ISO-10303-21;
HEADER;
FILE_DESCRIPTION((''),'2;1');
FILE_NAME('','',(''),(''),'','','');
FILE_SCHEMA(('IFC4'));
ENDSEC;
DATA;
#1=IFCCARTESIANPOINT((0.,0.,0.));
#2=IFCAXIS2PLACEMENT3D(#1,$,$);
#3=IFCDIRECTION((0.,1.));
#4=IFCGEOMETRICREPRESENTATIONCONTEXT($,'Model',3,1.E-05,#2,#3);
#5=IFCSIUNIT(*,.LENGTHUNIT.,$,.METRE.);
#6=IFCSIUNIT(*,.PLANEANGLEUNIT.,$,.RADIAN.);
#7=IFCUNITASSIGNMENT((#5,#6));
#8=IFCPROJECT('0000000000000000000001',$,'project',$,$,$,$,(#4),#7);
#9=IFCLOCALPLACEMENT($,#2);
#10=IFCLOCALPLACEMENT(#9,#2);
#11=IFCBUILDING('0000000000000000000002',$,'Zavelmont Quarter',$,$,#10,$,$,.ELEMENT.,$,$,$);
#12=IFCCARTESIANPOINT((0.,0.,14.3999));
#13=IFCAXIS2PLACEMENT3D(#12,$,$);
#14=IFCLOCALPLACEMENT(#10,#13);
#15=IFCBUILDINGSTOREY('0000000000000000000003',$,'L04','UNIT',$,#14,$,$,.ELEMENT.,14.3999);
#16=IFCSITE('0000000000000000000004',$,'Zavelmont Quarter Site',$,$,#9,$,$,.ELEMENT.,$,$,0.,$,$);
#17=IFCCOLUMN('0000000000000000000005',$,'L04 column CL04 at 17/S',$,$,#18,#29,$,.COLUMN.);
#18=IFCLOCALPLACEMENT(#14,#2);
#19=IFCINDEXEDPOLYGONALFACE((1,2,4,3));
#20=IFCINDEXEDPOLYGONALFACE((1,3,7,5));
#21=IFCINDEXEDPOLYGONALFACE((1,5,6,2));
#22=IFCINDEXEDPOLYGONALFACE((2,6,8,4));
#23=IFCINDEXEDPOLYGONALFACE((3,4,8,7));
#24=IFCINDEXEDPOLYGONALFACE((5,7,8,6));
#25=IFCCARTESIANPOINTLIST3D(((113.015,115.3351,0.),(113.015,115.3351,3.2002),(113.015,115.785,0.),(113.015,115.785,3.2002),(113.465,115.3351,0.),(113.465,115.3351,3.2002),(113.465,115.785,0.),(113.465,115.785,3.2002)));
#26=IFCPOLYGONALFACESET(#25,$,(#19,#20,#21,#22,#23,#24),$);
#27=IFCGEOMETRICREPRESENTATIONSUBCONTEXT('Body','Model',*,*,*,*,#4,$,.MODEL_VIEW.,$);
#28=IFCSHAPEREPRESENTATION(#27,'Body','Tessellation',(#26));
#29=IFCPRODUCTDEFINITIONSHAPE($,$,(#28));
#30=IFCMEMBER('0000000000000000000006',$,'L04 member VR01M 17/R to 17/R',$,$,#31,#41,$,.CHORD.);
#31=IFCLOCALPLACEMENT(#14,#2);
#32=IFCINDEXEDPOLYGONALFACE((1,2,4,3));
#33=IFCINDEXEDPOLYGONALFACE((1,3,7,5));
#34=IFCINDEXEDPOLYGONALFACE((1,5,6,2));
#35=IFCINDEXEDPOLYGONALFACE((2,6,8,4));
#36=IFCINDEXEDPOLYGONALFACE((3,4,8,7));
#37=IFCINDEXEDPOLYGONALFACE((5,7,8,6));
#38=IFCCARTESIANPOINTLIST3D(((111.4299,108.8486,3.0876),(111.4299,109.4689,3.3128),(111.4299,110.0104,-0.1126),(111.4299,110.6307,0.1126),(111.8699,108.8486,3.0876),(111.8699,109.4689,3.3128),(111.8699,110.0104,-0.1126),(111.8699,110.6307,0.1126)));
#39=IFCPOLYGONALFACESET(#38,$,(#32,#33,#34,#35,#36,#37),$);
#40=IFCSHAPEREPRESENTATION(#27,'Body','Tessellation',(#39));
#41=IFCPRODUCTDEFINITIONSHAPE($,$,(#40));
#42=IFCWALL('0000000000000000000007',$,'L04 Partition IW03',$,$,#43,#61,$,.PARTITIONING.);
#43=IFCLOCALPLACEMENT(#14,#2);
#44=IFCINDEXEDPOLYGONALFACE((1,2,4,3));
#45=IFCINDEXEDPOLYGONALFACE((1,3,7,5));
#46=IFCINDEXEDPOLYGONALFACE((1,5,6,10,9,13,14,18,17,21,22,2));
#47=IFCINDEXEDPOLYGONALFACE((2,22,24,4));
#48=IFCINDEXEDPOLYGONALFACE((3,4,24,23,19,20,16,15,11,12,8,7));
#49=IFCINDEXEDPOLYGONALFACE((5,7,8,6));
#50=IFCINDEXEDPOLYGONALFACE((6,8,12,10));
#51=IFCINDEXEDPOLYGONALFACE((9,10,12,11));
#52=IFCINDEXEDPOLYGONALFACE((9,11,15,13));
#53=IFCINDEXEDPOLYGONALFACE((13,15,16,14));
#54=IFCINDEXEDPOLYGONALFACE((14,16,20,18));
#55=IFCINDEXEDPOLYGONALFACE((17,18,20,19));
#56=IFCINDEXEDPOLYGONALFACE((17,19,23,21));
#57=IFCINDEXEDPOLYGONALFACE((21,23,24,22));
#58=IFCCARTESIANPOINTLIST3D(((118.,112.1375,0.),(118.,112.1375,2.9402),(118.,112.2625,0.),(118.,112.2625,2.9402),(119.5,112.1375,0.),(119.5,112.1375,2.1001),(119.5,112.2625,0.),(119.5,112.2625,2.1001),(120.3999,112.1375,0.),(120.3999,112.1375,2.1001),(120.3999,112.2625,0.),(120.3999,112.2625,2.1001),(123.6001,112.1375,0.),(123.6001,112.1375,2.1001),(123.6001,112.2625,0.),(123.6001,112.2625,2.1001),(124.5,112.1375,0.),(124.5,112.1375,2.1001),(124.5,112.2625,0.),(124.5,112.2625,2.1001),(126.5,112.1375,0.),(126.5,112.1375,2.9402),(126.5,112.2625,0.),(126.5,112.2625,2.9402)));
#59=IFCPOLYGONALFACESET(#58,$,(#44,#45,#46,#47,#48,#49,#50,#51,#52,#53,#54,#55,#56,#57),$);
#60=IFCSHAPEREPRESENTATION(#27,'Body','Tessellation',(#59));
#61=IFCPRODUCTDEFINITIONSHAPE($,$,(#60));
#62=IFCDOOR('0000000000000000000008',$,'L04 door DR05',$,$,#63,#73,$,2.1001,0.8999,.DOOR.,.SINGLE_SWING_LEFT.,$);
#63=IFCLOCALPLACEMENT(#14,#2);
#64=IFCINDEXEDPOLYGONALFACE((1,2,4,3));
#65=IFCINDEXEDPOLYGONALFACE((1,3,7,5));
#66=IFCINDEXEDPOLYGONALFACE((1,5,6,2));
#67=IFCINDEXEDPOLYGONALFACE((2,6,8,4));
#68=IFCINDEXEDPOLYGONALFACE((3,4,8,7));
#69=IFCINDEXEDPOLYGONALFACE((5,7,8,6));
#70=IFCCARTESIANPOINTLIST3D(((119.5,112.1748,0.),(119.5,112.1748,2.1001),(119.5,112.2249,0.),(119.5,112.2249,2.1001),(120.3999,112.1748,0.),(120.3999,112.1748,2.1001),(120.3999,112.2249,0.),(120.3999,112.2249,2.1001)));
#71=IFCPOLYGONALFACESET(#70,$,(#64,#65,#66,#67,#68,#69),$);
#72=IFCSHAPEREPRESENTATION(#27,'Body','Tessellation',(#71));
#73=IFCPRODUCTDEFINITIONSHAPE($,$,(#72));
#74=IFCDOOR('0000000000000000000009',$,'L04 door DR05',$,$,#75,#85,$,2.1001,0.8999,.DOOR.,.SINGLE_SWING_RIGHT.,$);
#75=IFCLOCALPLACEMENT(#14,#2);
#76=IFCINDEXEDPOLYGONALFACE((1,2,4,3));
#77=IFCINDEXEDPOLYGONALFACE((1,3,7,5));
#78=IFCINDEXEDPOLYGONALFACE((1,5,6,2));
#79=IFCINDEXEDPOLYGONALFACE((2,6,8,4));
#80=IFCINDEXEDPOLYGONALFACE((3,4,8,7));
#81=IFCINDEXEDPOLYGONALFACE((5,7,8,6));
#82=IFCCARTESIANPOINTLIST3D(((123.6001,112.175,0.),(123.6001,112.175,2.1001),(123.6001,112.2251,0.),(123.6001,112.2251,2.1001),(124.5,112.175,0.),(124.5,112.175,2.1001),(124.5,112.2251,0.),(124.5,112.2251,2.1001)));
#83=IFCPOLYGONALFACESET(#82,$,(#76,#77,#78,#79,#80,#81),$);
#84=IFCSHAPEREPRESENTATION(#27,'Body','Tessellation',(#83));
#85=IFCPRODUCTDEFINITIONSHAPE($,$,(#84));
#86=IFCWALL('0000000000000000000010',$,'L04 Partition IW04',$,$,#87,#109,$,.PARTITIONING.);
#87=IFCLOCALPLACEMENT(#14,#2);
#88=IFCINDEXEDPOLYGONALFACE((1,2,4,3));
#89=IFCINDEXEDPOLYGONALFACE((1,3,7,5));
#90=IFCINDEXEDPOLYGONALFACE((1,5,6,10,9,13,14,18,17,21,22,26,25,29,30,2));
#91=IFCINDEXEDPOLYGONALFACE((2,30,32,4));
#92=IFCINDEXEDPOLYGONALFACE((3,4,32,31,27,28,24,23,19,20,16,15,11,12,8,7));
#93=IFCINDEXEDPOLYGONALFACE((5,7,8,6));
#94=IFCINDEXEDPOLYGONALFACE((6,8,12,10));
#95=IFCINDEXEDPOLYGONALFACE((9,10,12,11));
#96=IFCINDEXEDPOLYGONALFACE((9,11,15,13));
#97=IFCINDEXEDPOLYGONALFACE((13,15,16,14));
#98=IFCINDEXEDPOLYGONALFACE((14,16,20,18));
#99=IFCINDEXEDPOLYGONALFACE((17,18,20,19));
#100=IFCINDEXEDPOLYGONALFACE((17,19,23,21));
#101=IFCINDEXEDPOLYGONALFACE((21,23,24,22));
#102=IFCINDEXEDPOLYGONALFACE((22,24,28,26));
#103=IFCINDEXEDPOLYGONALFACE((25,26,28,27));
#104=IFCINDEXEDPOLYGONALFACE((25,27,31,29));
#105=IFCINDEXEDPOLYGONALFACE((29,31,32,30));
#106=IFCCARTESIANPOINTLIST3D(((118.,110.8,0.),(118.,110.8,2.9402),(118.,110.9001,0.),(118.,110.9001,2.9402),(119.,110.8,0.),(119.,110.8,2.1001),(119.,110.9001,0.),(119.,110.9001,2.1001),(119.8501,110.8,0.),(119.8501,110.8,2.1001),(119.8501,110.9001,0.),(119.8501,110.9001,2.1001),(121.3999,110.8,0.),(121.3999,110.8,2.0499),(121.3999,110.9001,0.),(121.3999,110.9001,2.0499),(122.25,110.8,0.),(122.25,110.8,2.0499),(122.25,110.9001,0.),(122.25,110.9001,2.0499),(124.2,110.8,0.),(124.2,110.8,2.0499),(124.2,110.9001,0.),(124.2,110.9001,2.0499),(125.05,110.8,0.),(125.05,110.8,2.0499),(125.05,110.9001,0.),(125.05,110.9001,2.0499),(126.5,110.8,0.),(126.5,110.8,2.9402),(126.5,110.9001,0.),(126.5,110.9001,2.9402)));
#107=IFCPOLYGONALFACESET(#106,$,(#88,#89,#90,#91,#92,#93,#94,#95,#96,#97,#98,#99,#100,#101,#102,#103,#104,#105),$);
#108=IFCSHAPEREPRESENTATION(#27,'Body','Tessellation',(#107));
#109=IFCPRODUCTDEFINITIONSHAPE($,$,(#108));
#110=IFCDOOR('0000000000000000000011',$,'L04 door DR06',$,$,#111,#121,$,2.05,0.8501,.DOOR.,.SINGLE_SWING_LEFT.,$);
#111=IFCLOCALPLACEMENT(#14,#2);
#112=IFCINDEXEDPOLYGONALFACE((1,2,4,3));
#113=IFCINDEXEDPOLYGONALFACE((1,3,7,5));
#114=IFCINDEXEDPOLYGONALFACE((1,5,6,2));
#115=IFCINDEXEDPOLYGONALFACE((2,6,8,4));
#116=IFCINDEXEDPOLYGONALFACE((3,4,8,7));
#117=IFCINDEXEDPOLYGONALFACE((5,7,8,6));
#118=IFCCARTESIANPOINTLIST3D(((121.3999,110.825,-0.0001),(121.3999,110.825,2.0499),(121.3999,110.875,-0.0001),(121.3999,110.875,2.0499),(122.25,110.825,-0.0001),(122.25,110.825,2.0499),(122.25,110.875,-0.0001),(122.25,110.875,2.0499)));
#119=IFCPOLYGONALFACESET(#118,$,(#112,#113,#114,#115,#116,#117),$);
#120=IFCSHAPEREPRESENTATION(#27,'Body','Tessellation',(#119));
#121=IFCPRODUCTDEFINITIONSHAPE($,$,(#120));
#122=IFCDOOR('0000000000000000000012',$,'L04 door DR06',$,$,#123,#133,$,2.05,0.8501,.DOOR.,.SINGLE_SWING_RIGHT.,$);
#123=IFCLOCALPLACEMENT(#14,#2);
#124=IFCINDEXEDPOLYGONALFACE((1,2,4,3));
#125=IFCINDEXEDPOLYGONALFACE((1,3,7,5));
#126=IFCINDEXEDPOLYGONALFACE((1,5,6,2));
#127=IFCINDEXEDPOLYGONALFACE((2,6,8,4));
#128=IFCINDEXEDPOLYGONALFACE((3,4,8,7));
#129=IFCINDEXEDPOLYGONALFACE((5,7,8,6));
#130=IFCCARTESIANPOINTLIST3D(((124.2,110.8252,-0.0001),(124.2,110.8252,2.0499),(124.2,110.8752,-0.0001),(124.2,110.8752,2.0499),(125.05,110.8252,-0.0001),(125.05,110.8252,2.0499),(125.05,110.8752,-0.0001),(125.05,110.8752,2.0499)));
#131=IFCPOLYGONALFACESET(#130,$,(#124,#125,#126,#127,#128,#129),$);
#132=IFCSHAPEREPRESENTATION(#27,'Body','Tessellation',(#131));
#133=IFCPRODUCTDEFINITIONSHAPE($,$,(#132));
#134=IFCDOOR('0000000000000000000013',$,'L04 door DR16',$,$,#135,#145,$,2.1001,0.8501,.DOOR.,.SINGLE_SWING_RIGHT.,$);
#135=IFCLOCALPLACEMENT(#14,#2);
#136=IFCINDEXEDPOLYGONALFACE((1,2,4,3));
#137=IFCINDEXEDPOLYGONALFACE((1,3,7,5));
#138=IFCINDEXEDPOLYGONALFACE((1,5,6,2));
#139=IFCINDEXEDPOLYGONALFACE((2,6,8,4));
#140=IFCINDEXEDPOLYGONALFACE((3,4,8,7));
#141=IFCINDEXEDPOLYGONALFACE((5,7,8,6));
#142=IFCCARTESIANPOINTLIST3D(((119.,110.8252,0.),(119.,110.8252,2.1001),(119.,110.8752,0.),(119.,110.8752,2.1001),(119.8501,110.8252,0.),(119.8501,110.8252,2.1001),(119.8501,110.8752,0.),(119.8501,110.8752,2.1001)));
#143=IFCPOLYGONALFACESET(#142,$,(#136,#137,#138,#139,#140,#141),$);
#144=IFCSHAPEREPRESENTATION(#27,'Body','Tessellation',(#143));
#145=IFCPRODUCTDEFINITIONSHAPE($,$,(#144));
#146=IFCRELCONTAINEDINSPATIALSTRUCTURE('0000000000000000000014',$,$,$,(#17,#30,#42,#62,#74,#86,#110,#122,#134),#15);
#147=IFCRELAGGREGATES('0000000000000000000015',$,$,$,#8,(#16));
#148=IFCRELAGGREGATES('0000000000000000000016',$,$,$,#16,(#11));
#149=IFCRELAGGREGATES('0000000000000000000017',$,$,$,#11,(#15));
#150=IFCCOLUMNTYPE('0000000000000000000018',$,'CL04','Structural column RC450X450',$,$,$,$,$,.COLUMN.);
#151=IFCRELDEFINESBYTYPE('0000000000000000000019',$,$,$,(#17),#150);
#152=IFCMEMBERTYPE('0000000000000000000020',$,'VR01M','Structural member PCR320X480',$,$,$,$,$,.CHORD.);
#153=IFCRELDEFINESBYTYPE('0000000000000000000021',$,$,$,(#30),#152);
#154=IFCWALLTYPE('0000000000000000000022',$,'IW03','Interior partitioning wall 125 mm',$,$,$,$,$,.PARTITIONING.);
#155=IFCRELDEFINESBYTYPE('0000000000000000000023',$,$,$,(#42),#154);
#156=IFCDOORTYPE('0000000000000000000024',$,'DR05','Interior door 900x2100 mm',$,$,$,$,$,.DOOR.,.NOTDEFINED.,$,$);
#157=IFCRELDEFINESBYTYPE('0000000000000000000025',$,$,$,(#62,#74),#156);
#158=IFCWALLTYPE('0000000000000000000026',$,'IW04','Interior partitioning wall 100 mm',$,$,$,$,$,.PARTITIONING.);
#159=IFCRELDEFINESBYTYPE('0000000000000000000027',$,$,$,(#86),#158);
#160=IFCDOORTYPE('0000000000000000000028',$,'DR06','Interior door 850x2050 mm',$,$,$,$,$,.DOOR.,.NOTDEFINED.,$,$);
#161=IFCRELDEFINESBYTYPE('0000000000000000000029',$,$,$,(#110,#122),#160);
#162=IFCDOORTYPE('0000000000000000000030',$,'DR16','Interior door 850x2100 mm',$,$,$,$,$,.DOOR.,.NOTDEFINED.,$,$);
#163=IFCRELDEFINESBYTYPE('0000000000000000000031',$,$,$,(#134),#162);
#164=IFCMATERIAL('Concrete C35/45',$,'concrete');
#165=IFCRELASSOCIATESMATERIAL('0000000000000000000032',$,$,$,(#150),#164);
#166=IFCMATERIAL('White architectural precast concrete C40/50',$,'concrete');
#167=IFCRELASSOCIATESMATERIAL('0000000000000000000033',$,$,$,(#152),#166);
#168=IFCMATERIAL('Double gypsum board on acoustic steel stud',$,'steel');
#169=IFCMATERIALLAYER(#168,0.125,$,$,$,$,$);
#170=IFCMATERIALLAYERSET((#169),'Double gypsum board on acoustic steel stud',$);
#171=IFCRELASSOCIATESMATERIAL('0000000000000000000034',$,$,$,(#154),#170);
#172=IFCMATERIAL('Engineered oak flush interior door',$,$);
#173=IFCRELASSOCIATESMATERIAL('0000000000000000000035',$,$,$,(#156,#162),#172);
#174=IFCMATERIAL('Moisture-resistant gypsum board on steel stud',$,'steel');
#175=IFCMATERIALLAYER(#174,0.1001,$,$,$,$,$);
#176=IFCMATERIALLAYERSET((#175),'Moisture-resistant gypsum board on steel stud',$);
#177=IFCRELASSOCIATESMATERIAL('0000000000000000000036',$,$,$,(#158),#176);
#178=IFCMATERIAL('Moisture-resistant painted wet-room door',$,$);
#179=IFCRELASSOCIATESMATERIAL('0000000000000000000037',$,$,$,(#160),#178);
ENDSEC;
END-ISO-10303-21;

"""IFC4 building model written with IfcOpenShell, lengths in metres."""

from ifc_helpers import new_model, si_unit, direction, frame, frame_2d, origin, origin_with_axes, origin_2d, place, context, subcontext, project, spatial, rectangle, extrude, material, layer, layer_set, material_profile, profile_set, type_object, element, fill, save


model = new_model("IFC4")

# Units and contexts
model_context = context("Model", 3, precision=1e-05, world=origin(), true_north=direction((0.0, 1.0)))
body_context = subcontext(model_context, "Body", "Model", "MODEL_VIEW")
ifc_project = project(units=[si_unit("LENGTHUNIT", "METRE"), si_unit("PLANEANGLEUNIT", "RADIAN")], contexts=[model_context])

# Site, building, storey
site_placement = place(None, origin())
site = spatial("IfcSite", under=ifc_project, at=site_placement, Name="Zavelmont Quarter Site", CompositionType="ELEMENT", RefElevation=0.0)
building_placement = place(site_placement, origin())
building = spatial("IfcBuilding", under=site, at=building_placement, Name="Zavelmont Quarter", CompositionType="ELEMENT")
storey_placement = place(building_placement, frame((0.0, 0.0, 14.3999)))
storey = spatial("IfcBuildingStorey", under=building, at=storey_placement, Name="L04", Description="UNIT", CompositionType="ELEMENT", Elevation=14.3999)

# Column
ifc_material_1 = material(Name="Concrete C35/45", Category="concrete")
ifc_material_profile_1 = material_profile(ifc_material_1, rectangle(XDim=0.45, YDim=0.45, at=origin_2d()), Name="RC450X450")
ifc_profile_set_1 = profile_set([ifc_material_profile_1], Name="Concrete C35/45")
column_type = type_object("IfcColumnType", Name="CL04", Description="Structural column RC450X450", PredefinedType="COLUMN", material=ifc_profile_set_1)
column_placement = place(storey_placement, frame((113.24, 115.5601, 0.0), z_axis=(0.0, 0.0, 1.0), x_axis=(1.0, 0.0, 0.0)))
element("IfcColumn", 1, at=column_placement, inside=storey, type_object=column_type, Name="L04 column CL04 at 17/S", PredefinedType="COLUMN", context=body_context, shape_type="SweptSolid", body=[
    extrude(rectangle(XDim=0.45, YDim=0.45, at=origin_2d()), origin(), (0.0, 0.0, 1.0), 3.2002),
])

# Member
ifc_material_2 = material(Name="White architectural precast concrete C40/50", Category="concrete")
ifc_material_profile_2 = material_profile(ifc_material_2, rectangle(XDim=0.4399, YDim=0.6599, at=origin_2d()), Name="PCR320X480")
ifc_profile_set_2 = profile_set([ifc_material_profile_2], Name="White architectural precast concrete C40/50")
member_type = type_object("IfcMemberType", Name="VR01M", Description="Structural member PCR320X480", PredefinedType="CHORD", material=ifc_profile_set_2)
member_placement = place(storey_placement, frame((111.6499, 110.3206, 0.0), z_axis=(0.0, -0.341265, 0.939967), x_axis=(1.0, 0.0, 0.0)))
element("IfcMember", 2, at=member_placement, inside=storey, type_object=member_type, Name="L04 member VR01M 17/R to 17/R", PredefinedType="CHORD", context=body_context, shape_type="SweptSolid", body=[
    extrude(rectangle(XDim=0.4399, YDim=0.6599, at=origin_2d()), origin(), (0.0, 0.0, 1.0), 3.4045),
])

# Walls, openings, doors
ifc_material_3 = material(Name="Double gypsum board on acoustic steel stud", Category="steel")
ifc_layer_1 = layer(ifc_material_3, 0.125)
ifc_layer_set_1 = layer_set([ifc_layer_1], Name="Double gypsum board on acoustic steel stud")
wall_type_1 = type_object("IfcWallType", Name="IW03", Description="Interior partitioning wall 125 mm", PredefinedType="PARTITIONING", material=ifc_layer_set_1)
wall_1_placement = place(storey_placement, frame((118.0, 112.2, 0.0), z_axis=(0.0, 0.0, 1.0), x_axis=(1.0, 0.0, 0.0)))
wall_1 = element("IfcWall", 3, at=wall_1_placement, inside=storey, type_object=wall_type_1, Name="L04 Partition IW03", PredefinedType="PARTITIONING", context=body_context, shape_type="SweptSolid", body=[
    extrude(rectangle(XDim=8.5, YDim=0.125, at=frame_2d((4.25, 0.0))), origin(), (0.0, 0.0, 1.0), 2.9402),
])
opening_1_placement = place(wall_1_placement, frame((1.5, 0.0, 0.0)))
opening_1 = element("IfcOpeningElement", 4, at=opening_1_placement, cuts=wall_1, PredefinedType="OPENING", context=body_context, shape_type="SweptSolid", body=[
    extrude(rectangle(XDim=0.8999, YDim=2.1001, at=frame_2d((0.45, 1.05))), frame((0.0, 0.0745, 0.0), z_axis=(0.0, -1.0, 0.0), x_axis=(1.0, 0.0, 0.0)), (0.0, 0.0, 1.0), 0.1489),
])
opening_2_placement = place(wall_1_placement, frame((5.6001, 0.0, 0.0)))
opening_2 = element("IfcOpeningElement", 5, at=opening_2_placement, cuts=wall_1, PredefinedType="OPENING", context=body_context, shape_type="SweptSolid", body=[
    extrude(rectangle(XDim=0.8999, YDim=2.1001, at=frame_2d((0.45, 1.05))), frame((0.0, 0.0745, 0.0), z_axis=(0.0, -1.0, 0.0), x_axis=(1.0, 0.0, 0.0)), (0.0, 0.0, 1.0), 0.1489),
])
ifc_material_4 = material(Name="Engineered oak flush interior door")
door_type_1 = type_object("IfcDoorType", Name="DR05", Description="Interior door 900x2100 mm", OperationType="NOTDEFINED", PredefinedType="DOOR", material=ifc_material_4)
door_1_placement = place(opening_1_placement, origin_with_axes())
door_1 = element("IfcDoor", 6, at=door_1_placement, inside=storey, type_object=door_type_1, Name="L04 door DR05", OperationType="SINGLE_SWING_LEFT", OverallHeight=2.1001, OverallWidth=0.8999, PredefinedType="DOOR", context=body_context, shape_type="SweptSolid", body=[
    extrude(rectangle(XDim=0.8999, YDim=2.1001, at=frame_2d((0.45, 1.05))), frame((0.0, 0.0249, 0.0), z_axis=(0.0, -1.0, 0.0), x_axis=(1.0, 0.0, 0.0)), (0.0, 0.0, 1.0), 0.05),
])
fill(opening_1, door_1)
door_2_placement = place(opening_2_placement, frame((0.8999, 0.0, 0.0), z_axis=(0.0, 0.0, 1.0), x_axis=(-1.0, 0.0, 0.0)))
door_2 = element("IfcDoor", 7, at=door_2_placement, inside=storey, type_object=door_type_1, Name="L04 door DR05", OperationType="SINGLE_SWING_RIGHT", OverallHeight=2.1001, OverallWidth=0.8999, PredefinedType="DOOR", context=body_context, shape_type="SweptSolid", body=[
    extrude(rectangle(XDim=0.8999, YDim=2.1001, at=frame_2d((0.45, 1.05))), frame((0.0, 0.0249, 0.0), z_axis=(0.0, -1.0, 0.0), x_axis=(1.0, 0.0, 0.0)), (0.0, 0.0, 1.0), 0.05),
])
fill(opening_2, door_2)
ifc_material_5 = material(Name="Moisture-resistant gypsum board on steel stud", Category="steel")
ifc_layer_2 = layer(ifc_material_5, 0.1001)
ifc_layer_set_2 = layer_set([ifc_layer_2], Name="Moisture-resistant gypsum board on steel stud")
wall_type_2 = type_object("IfcWallType", Name="IW04", Description="Interior partitioning wall 100 mm", PredefinedType="PARTITIONING", material=ifc_layer_set_2)
wall_2_placement = place(storey_placement, frame((118.0, 110.8501, 0.0), z_axis=(0.0, 0.0, 1.0), x_axis=(1.0, 0.0, 0.0)))
wall_2 = element("IfcWall", 8, at=wall_2_placement, inside=storey, type_object=wall_type_2, Name="L04 Partition IW04", PredefinedType="PARTITIONING", context=body_context, shape_type="SweptSolid", body=[
    extrude(rectangle(XDim=8.5, YDim=0.1001, at=frame_2d((4.25, 0.0))), origin(), (0.0, 0.0, 1.0), 2.9402),
])
opening_3_placement = place(wall_2_placement, frame((1.0, 0.0, 0.0)))
opening_3 = element("IfcOpeningElement", 9, at=opening_3_placement, cuts=wall_2, PredefinedType="OPENING", context=body_context, shape_type="SweptSolid", body=[
    extrude(rectangle(XDim=0.8501, YDim=2.1001, at=frame_2d((0.425, 1.05))), frame((0.0, 0.062, 0.0), z_axis=(0.0, -1.0, 0.0), x_axis=(1.0, 0.0, 0.0)), (0.0, 0.0, 1.0), 0.124),
])
opening_4_placement = place(wall_2_placement, frame((3.3999, 0.0, 0.0)))
opening_4 = element("IfcOpeningElement", 10, at=opening_4_placement, cuts=wall_2, PredefinedType="OPENING", context=body_context, shape_type="SweptSolid", body=[
    extrude(rectangle(XDim=0.8501, YDim=2.05, at=frame_2d((0.425, 1.0249))), frame((0.0, 0.062, 0.0), z_axis=(0.0, -1.0, 0.0), x_axis=(1.0, 0.0, 0.0)), (0.0, 0.0, 1.0), 0.124),
])
opening_5_placement = place(wall_2_placement, frame((6.2, 0.0, 0.0)))
opening_5 = element("IfcOpeningElement", 11, at=opening_5_placement, cuts=wall_2, PredefinedType="OPENING", context=body_context, shape_type="SweptSolid", body=[
    extrude(rectangle(XDim=0.8501, YDim=2.05, at=frame_2d((0.425, 1.0249))), frame((0.0, 0.062, 0.0), z_axis=(0.0, -1.0, 0.0), x_axis=(1.0, 0.0, 0.0)), (0.0, 0.0, 1.0), 0.124),
])
ifc_material_6 = material(Name="Moisture-resistant painted wet-room door")
door_type_2 = type_object("IfcDoorType", Name="DR06", Description="Interior door 850x2050 mm", OperationType="NOTDEFINED", PredefinedType="DOOR", material=ifc_material_6)
door_3_placement = place(opening_4_placement, origin_with_axes())
door_3 = element("IfcDoor", 12, at=door_3_placement, inside=storey, type_object=door_type_2, Name="L04 door DR06", OperationType="SINGLE_SWING_LEFT", OverallHeight=2.05, OverallWidth=0.8501, PredefinedType="DOOR", context=body_context, shape_type="SweptSolid", body=[
    extrude(rectangle(XDim=0.8501, YDim=2.05, at=frame_2d((0.425, 1.0249))), frame((0.0, 0.0249, 0.0), z_axis=(0.0, -1.0, 0.0), x_axis=(1.0, 0.0, 0.0)), (0.0, 0.0, 1.0), 0.05),
])
fill(opening_4, door_3)
door_4_placement = place(opening_5_placement, frame((0.8501, 0.0, 0.0), z_axis=(0.0, 0.0, 1.0), x_axis=(-1.0, 0.0, 0.0)))
door_4 = element("IfcDoor", 13, at=door_4_placement, inside=storey, type_object=door_type_2, Name="L04 door DR06", OperationType="SINGLE_SWING_RIGHT", OverallHeight=2.05, OverallWidth=0.8501, PredefinedType="DOOR", context=body_context, shape_type="SweptSolid", body=[
    extrude(rectangle(XDim=0.8501, YDim=2.05, at=frame_2d((0.425, 1.0249))), frame((0.0, 0.0249, 0.0), z_axis=(0.0, -1.0, 0.0), x_axis=(1.0, 0.0, 0.0)), (0.0, 0.0, 1.0), 0.05),
])
fill(opening_5, door_4)
door_type_3 = type_object("IfcDoorType", Name="DR16", Description="Interior door 850x2100 mm", OperationType="NOTDEFINED", PredefinedType="DOOR", material=ifc_material_4)
door_5_placement = place(opening_3_placement, frame((0.8501, 0.0, 0.0), z_axis=(0.0, 0.0, 1.0), x_axis=(-1.0, 0.0, 0.0)))
door_5 = element("IfcDoor", 14, at=door_5_placement, inside=storey, type_object=door_type_3, Name="L04 door DR16", OperationType="SINGLE_SWING_RIGHT", OverallHeight=2.1001, OverallWidth=0.8501, PredefinedType="DOOR", context=body_context, shape_type="SweptSolid", body=[
    extrude(rectangle(XDim=0.8501, YDim=2.1001, at=frame_2d((0.425, 1.05))), frame((0.0, 0.0249, 0.0), z_axis=(0.0, -1.0, 0.0), x_axis=(1.0, 0.0, 0.0)), (0.0, 0.0, 1.0), 0.05),
])
fill(opening_3, door_5)

save(model, "model.ifc")
